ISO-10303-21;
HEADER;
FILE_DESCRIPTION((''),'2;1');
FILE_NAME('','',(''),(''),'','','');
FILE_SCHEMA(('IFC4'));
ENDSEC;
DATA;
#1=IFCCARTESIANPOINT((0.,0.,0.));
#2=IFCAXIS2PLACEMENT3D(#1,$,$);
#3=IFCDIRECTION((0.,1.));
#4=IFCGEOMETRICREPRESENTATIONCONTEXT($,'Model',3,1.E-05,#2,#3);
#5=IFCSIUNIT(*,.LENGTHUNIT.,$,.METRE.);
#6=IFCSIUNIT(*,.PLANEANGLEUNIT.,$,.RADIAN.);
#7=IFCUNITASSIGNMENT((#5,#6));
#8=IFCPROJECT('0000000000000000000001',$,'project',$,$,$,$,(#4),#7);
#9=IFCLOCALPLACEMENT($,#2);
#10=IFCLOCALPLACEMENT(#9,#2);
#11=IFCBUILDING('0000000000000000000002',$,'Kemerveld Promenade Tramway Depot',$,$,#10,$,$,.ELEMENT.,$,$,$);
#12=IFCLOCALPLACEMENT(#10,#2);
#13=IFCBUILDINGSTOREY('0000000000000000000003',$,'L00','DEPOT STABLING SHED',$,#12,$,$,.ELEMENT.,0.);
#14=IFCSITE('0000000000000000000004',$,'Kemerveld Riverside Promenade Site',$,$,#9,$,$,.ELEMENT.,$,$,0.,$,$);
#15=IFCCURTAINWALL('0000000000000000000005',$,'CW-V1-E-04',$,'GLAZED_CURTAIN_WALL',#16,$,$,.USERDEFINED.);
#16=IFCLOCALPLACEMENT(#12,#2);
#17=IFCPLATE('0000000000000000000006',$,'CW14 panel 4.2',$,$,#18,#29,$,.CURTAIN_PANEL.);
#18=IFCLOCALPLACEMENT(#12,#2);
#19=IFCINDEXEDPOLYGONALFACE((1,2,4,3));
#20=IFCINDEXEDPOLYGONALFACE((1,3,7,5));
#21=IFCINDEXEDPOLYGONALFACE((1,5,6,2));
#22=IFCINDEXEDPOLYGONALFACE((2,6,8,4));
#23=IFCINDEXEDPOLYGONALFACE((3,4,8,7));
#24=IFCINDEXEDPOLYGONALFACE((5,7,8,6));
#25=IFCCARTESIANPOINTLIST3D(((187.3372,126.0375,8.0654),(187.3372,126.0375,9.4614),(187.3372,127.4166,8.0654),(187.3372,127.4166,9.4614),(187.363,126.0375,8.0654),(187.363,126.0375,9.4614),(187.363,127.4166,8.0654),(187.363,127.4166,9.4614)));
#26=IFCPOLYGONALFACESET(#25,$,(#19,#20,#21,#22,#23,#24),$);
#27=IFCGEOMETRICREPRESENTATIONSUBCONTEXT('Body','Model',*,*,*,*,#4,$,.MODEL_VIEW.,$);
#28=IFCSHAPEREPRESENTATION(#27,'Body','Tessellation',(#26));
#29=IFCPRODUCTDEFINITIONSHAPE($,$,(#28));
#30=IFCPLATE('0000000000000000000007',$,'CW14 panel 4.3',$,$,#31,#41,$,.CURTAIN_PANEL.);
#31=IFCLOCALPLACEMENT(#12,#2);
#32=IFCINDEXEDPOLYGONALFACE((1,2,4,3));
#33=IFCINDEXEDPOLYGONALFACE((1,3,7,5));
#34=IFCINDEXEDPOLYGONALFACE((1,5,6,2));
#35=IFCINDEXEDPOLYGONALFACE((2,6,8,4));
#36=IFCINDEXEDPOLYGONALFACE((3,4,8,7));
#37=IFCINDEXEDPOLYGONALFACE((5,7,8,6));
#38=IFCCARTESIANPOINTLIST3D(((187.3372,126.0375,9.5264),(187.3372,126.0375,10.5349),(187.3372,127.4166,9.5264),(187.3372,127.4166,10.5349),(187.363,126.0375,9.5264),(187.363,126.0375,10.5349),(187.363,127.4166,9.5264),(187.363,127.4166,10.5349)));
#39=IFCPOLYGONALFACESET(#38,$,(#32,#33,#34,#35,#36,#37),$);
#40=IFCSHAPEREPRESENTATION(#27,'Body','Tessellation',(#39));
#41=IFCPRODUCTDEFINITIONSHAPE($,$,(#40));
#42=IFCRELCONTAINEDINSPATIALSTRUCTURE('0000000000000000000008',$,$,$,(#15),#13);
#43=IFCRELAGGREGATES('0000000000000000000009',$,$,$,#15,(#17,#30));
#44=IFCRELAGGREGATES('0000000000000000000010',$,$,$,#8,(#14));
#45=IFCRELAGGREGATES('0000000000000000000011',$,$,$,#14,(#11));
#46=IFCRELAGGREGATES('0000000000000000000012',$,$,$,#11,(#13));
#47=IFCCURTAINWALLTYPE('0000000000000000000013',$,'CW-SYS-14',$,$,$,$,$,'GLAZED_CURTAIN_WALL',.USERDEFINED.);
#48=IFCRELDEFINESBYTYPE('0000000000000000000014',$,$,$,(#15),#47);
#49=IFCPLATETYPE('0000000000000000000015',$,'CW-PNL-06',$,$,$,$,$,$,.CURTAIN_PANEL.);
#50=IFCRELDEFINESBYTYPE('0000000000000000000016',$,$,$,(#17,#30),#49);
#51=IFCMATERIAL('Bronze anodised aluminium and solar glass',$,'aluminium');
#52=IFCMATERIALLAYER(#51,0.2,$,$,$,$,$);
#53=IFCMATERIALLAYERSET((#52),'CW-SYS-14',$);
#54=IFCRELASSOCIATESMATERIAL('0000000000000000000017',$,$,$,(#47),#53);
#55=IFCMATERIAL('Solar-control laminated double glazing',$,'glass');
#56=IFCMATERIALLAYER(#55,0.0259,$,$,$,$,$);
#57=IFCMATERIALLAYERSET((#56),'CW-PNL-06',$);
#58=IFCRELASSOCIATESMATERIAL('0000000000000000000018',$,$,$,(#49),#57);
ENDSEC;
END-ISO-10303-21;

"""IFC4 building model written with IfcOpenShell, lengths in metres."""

from ifc_helpers import new_model, si_unit, direction, frame, origin, origin_2d, place, context, subcontext, project, spatial, rectangle, extrude, material, layer, layer_set, type_object, element, aggregate, save


model = new_model("IFC4")

# Units and contexts
model_context = context("Model", 3, precision=1e-05, world=origin(), true_north=direction((0.0, 1.0)))
body_context = subcontext(model_context, "Body", "Model", "MODEL_VIEW")
ifc_project = project(units=[si_unit("LENGTHUNIT", "METRE"), si_unit("PLANEANGLEUNIT", "RADIAN")], contexts=[model_context])

# Site, building, storey
site_placement = place(None, origin())
site = spatial("IfcSite", under=ifc_project, at=site_placement, Name="Kemerveld Riverside Promenade Site", CompositionType="ELEMENT", RefElevation=0.0)
building_placement = place(site_placement, origin())
building = spatial("IfcBuilding", under=site, at=building_placement, Name="Kemerveld Promenade Tramway Depot", CompositionType="ELEMENT")
storey_placement = place(building_placement, origin())
storey = spatial("IfcBuildingStorey", under=building, at=storey_placement, Name="L00", Description="DEPOT STABLING SHED", CompositionType="ELEMENT", Elevation=0.0)

# Curtain wall
ifc_material_1 = material(Name="Bronze anodised aluminium and solar glass", Category="aluminium")
ifc_layer_1 = layer(ifc_material_1, 0.2)
ifc_layer_set_1 = layer_set([ifc_layer_1], Name="CW-SYS-14")
curtain_wall_type = type_object("IfcCurtainWallType", Name="CW-SYS-14", ElementType="GLAZED_CURTAIN_WALL", PredefinedType="USERDEFINED", material=ifc_layer_set_1)
curtain_wall_placement = place(storey_placement, origin())
curtain_wall = element("IfcCurtainWall", 1, at=curtain_wall_placement, inside=storey, type_object=curtain_wall_type, Name="CW-V1-E-04", ObjectType="GLAZED_CURTAIN_WALL", PredefinedType="USERDEFINED")

# Plates
ifc_material_2 = material(Name="Solar-control laminated double glazing", Category="glass")
ifc_layer_2 = layer(ifc_material_2, 0.0259)
ifc_layer_set_2 = layer_set([ifc_layer_2], Name="CW-PNL-06")
plate_type = type_object("IfcPlateType", Name="CW-PNL-06", PredefinedType="CURTAIN_PANEL", material=ifc_layer_set_2)
plate_1_placement = place(storey_placement, frame((187.3501, 126.7271, 8.0654), z_axis=(0.0, 0.0, 1.0), x_axis=(0.0, -1.0, 0.0)))
plate_1 = element("IfcPlate", 2, at=plate_1_placement, type_object=plate_type, Name="CW14 panel 4.2", PredefinedType="CURTAIN_PANEL", context=body_context, shape_type="SweptSolid", body=[
    extrude(rectangle(XDim=1.3792, YDim=0.0259, at=origin_2d()), origin(), (0.0, 0.0, 1.0), 1.396),
])
plate_2_placement = place(storey_placement, frame((187.3501, 126.7271, 9.5264), z_axis=(0.0, 0.0, 1.0), x_axis=(0.0, -1.0, 0.0)))
plate_2 = element("IfcPlate", 3, at=plate_2_placement, type_object=plate_type, Name="CW14 panel 4.3", PredefinedType="CURTAIN_PANEL", context=body_context, shape_type="SweptSolid", body=[
    extrude(rectangle(XDim=1.3792, YDim=0.0259, at=origin_2d()), origin(), (0.0, 0.0, 1.0), 1.0085),
])
aggregate(curtain_wall, [plate_1, plate_2])

save(model, "model.ifc")
